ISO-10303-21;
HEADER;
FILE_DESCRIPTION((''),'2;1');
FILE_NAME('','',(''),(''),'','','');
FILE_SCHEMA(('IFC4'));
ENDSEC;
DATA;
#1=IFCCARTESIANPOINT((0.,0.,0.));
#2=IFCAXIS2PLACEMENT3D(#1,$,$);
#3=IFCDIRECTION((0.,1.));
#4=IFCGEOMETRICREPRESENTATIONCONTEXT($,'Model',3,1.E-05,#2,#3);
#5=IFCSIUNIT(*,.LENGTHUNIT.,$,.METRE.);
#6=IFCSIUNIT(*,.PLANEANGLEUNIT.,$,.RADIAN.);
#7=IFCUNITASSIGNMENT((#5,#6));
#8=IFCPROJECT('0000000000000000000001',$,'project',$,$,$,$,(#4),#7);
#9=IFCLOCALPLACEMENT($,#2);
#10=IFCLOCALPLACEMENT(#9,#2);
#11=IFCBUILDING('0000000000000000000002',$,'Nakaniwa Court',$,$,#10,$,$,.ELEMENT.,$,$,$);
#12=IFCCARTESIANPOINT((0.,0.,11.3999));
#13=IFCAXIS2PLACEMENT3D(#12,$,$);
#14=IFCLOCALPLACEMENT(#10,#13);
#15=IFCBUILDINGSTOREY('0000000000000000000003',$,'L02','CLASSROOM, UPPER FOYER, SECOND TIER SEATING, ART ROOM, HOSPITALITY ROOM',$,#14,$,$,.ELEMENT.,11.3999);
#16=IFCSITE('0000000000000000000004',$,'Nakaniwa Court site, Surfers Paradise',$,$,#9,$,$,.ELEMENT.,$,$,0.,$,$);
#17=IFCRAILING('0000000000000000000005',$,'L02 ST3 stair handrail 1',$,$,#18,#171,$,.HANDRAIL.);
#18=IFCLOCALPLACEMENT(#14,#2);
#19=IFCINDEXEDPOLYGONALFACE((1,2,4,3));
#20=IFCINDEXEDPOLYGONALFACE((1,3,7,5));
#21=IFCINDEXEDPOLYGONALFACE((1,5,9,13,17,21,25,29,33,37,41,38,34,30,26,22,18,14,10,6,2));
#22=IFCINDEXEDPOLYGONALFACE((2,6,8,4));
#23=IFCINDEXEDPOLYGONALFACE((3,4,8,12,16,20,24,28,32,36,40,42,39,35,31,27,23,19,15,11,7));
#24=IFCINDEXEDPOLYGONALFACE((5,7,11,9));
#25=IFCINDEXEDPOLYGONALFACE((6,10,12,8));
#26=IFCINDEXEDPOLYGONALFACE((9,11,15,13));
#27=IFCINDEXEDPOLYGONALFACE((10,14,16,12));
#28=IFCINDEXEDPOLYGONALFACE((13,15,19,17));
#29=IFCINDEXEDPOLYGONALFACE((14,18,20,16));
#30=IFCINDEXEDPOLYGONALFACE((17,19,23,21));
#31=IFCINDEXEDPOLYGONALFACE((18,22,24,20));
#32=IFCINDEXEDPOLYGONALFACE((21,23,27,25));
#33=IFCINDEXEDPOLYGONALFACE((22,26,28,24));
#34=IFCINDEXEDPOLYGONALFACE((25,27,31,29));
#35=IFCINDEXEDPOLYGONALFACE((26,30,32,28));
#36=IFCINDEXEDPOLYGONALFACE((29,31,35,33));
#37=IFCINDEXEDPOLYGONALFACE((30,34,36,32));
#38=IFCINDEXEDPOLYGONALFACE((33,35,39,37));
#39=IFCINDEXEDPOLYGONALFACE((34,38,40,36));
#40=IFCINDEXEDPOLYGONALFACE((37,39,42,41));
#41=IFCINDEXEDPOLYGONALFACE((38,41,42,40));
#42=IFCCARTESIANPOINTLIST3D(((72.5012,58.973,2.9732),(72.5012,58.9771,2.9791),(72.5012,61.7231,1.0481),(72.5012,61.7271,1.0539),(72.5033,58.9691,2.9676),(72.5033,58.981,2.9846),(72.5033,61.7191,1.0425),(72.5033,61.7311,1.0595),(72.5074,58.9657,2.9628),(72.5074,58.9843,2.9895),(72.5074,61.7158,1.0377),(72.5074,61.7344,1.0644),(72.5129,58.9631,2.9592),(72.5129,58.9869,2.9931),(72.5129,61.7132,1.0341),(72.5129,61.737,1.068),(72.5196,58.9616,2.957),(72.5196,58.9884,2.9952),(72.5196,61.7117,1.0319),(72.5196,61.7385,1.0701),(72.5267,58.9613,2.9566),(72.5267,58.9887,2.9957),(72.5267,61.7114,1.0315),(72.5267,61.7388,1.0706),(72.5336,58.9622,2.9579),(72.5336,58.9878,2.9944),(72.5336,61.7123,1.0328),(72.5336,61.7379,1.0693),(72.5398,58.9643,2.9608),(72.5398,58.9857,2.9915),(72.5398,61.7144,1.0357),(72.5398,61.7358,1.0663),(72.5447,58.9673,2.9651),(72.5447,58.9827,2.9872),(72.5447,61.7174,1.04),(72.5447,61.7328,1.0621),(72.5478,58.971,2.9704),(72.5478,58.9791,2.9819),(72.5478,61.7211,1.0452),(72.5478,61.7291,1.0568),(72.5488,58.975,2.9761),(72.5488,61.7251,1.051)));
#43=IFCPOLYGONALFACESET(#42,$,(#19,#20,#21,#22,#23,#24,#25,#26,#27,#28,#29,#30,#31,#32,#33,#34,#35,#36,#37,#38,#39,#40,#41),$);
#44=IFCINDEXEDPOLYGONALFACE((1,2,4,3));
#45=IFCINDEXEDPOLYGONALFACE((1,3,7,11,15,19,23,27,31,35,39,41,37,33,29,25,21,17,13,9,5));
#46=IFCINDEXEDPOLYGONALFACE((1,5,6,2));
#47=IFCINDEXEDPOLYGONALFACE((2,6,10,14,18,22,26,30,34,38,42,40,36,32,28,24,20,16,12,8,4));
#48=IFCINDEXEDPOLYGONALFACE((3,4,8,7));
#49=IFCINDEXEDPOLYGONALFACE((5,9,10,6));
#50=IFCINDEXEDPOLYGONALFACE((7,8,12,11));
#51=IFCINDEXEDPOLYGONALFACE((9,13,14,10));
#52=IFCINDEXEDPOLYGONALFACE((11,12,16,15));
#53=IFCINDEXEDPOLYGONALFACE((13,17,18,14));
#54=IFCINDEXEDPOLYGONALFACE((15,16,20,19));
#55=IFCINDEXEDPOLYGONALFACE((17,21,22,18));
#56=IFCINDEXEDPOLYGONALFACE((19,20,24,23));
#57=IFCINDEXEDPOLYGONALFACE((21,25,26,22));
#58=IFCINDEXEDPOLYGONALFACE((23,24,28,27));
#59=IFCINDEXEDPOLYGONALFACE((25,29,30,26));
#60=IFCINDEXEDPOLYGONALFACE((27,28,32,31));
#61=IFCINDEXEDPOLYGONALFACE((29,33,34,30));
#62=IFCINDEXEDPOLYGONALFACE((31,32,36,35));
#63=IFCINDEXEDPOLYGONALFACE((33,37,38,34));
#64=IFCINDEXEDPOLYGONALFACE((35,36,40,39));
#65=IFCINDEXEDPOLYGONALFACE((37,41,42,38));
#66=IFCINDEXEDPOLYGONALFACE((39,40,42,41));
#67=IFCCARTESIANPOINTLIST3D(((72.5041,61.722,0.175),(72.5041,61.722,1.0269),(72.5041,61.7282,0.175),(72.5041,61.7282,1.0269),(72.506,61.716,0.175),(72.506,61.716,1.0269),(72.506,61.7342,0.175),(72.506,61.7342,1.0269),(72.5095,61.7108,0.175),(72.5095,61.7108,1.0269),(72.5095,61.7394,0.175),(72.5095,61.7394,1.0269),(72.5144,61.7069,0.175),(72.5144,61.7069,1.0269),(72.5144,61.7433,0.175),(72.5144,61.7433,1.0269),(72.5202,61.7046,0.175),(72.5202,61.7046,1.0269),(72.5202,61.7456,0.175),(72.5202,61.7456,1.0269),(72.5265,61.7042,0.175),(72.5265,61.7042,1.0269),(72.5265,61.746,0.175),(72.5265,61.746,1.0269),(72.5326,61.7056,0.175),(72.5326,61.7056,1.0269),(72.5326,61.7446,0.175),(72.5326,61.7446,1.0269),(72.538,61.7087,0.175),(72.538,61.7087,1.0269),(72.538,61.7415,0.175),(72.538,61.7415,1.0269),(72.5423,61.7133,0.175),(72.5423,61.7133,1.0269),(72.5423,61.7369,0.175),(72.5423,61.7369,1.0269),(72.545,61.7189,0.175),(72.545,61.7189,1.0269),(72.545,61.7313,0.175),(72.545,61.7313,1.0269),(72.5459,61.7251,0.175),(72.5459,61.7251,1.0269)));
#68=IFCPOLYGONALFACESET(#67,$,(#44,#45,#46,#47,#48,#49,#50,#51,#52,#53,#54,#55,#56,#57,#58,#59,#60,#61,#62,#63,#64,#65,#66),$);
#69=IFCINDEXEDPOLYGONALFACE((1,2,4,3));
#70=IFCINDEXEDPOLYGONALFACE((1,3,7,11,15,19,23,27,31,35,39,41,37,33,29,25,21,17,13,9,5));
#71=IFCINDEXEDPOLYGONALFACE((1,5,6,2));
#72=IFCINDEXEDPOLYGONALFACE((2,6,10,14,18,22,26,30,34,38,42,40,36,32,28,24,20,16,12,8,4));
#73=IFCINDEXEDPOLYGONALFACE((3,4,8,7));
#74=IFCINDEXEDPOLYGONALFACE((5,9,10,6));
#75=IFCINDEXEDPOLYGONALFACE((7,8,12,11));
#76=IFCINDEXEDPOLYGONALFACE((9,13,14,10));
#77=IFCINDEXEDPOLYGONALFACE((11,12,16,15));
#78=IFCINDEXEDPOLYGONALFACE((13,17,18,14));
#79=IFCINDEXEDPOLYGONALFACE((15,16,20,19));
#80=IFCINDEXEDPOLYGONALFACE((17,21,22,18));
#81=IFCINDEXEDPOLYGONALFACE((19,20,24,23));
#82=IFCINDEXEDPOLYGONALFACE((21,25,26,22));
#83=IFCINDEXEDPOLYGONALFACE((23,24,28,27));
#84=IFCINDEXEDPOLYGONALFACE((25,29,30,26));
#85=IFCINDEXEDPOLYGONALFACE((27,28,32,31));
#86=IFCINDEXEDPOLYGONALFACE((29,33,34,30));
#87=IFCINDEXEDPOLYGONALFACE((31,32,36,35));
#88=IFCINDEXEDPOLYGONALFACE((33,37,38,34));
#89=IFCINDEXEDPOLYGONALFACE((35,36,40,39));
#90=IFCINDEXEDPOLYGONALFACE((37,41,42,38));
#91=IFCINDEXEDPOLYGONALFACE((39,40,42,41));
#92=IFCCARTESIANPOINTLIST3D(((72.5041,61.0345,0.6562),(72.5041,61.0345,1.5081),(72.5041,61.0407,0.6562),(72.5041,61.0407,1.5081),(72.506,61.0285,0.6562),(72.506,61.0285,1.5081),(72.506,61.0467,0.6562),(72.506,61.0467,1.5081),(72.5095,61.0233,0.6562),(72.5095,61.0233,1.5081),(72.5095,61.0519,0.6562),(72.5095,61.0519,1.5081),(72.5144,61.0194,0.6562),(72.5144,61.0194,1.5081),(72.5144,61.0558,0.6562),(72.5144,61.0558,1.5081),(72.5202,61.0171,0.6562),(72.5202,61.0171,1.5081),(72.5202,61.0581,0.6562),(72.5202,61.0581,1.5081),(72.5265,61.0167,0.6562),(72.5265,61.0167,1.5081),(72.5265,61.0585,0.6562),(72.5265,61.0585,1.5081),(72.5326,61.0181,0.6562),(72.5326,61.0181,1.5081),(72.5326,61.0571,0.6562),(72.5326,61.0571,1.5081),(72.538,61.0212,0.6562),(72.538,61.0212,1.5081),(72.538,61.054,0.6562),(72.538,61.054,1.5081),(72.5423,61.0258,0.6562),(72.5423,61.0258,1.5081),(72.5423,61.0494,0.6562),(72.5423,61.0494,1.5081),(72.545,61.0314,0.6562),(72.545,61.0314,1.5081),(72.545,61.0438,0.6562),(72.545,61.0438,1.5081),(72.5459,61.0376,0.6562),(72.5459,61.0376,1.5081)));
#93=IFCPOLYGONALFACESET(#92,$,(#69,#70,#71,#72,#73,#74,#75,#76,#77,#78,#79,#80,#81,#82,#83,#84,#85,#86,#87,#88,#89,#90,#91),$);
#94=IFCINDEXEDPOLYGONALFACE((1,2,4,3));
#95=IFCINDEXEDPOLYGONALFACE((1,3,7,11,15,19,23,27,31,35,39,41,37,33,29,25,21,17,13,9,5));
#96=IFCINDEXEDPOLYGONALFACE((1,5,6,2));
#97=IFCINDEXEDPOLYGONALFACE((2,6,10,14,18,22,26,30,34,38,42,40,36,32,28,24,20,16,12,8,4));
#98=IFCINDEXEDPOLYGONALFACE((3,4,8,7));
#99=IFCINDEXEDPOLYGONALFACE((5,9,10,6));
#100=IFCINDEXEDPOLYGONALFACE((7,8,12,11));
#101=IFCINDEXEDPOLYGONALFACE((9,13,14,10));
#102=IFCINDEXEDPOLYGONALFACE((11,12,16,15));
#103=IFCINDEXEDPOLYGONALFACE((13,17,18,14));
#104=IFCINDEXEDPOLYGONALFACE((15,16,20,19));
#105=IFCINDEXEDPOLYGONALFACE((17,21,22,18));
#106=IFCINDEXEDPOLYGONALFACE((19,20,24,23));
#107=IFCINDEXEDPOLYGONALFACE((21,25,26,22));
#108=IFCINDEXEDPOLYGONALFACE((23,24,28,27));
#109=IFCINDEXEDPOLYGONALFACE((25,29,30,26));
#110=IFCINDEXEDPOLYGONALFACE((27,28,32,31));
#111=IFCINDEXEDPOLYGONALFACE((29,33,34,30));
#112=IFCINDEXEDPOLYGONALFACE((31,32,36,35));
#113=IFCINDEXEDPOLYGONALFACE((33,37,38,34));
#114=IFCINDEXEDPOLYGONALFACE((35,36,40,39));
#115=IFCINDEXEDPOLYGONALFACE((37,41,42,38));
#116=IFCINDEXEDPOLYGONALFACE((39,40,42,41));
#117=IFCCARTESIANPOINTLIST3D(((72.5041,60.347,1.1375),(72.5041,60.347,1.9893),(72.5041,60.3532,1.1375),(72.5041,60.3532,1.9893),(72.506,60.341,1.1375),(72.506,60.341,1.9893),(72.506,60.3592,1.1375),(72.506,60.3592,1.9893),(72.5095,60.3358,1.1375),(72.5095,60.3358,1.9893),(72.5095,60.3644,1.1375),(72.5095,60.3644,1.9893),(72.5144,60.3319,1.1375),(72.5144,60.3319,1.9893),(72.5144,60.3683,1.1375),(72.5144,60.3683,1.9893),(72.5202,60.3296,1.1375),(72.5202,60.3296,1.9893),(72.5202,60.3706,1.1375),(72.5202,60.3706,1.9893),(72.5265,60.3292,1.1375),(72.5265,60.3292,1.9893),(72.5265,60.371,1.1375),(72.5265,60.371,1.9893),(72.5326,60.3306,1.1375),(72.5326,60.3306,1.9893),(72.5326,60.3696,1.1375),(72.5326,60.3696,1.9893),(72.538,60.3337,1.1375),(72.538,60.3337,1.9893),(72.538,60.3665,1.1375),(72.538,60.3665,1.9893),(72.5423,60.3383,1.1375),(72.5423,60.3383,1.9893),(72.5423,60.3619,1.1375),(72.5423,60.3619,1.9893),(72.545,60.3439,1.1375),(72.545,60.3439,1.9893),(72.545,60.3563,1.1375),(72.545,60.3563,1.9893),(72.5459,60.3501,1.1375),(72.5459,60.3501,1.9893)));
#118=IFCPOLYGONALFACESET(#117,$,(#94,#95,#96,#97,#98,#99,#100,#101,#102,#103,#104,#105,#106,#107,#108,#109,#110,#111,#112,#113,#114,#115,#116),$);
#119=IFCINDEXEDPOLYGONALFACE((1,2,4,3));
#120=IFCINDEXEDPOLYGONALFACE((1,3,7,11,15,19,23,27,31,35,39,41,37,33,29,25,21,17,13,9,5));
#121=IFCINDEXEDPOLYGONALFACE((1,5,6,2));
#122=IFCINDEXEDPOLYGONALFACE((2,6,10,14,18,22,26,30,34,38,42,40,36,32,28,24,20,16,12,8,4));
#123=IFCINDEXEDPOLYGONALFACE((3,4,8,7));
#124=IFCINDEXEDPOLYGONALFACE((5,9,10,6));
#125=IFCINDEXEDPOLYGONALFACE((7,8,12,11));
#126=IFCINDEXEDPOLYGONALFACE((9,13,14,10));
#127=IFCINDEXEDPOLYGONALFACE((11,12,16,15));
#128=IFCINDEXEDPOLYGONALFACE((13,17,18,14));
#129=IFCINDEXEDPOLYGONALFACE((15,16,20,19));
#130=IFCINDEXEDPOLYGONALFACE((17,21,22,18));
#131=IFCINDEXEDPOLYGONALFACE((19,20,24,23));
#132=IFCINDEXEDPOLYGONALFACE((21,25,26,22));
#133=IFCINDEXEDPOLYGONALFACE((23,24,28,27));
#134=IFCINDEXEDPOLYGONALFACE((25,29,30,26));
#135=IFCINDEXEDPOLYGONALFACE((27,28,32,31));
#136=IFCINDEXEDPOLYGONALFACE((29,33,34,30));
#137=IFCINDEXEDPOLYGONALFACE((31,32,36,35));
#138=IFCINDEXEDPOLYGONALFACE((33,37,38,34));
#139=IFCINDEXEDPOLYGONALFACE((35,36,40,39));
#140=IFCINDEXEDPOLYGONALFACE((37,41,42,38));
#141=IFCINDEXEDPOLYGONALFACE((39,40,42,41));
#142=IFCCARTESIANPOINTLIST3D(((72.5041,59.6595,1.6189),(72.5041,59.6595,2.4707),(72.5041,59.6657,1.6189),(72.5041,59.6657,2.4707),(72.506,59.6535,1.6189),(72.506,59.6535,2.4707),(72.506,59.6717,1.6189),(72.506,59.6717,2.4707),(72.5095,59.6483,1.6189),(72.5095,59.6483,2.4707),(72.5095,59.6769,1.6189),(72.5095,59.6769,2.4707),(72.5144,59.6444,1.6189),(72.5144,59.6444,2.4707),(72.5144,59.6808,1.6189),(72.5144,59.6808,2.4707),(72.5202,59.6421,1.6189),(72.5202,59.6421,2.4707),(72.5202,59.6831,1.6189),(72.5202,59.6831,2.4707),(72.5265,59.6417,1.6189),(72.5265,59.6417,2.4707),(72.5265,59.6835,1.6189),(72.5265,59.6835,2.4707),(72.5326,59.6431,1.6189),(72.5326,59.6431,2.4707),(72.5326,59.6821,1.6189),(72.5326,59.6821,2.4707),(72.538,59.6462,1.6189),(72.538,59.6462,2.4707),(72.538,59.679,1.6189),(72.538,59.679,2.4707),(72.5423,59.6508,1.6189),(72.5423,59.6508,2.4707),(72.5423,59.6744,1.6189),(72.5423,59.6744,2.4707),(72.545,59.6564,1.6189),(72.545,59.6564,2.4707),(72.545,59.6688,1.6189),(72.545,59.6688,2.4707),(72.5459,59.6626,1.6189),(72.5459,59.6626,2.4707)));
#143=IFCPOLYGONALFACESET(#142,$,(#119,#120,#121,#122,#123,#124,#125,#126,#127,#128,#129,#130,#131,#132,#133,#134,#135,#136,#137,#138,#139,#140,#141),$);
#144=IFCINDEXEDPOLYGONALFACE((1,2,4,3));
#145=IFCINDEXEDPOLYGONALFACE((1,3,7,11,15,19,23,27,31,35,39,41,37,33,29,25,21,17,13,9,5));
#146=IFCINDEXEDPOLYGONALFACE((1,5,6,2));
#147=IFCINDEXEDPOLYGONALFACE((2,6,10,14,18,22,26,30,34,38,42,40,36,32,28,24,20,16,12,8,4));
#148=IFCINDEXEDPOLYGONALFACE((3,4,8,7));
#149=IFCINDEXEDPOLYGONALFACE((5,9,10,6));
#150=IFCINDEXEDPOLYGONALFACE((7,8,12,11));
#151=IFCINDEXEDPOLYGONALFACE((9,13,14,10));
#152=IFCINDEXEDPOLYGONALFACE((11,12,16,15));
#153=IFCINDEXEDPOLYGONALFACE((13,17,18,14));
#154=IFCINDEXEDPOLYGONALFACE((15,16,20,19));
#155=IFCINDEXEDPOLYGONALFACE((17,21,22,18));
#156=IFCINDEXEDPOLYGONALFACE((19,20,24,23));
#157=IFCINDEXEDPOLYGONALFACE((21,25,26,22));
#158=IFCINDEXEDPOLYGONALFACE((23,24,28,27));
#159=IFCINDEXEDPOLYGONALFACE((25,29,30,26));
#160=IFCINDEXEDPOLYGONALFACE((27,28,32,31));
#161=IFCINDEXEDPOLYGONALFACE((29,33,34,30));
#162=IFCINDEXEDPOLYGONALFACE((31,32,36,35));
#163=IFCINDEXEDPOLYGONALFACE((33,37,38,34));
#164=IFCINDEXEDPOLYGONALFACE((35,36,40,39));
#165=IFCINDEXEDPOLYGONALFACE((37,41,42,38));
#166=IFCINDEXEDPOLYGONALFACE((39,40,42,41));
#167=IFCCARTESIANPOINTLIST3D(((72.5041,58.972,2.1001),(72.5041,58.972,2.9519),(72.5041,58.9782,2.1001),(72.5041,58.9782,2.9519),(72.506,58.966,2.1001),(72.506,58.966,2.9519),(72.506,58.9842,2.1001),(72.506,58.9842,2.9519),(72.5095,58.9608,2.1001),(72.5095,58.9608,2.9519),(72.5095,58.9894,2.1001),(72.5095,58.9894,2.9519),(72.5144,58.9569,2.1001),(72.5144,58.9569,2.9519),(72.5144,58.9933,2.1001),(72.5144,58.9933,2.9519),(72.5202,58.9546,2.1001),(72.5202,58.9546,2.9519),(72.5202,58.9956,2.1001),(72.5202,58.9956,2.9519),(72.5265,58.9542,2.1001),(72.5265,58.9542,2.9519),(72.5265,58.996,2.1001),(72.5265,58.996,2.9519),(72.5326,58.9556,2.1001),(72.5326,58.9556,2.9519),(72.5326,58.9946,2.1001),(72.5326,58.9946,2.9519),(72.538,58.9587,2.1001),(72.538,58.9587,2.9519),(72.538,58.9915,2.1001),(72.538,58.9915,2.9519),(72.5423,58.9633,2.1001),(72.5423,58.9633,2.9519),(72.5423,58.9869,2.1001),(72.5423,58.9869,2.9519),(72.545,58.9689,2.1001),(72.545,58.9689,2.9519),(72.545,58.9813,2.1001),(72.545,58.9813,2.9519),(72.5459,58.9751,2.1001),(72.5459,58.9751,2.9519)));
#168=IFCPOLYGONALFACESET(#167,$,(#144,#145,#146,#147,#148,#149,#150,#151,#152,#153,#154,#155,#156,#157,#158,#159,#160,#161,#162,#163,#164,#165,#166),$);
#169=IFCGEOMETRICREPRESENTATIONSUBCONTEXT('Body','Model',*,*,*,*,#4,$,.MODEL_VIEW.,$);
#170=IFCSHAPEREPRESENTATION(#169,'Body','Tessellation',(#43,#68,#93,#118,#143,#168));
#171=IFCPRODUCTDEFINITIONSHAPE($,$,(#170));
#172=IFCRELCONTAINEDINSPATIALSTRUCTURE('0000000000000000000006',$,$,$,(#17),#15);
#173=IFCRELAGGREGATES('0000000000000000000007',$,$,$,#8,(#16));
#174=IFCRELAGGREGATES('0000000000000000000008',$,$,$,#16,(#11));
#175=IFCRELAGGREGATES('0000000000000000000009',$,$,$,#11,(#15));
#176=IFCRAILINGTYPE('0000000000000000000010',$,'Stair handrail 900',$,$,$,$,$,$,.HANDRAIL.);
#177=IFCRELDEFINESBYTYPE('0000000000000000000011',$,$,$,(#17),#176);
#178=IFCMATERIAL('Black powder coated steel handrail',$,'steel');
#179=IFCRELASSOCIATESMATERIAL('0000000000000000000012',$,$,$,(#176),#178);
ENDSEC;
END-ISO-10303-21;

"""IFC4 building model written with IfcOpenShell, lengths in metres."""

from ifc_helpers import new_model, si_unit, direction, frame, origin, origin_2d, place, context, subcontext, project, spatial, circle, extrude, material, type_object, element, save


model = new_model("IFC4")

# Units and contexts
model_context = context("Model", 3, precision=1e-05, world=origin(), true_north=direction((0.0, 1.0)))
body_context = subcontext(model_context, "Body", "Model", "MODEL_VIEW")
ifc_project = project(units=[si_unit("LENGTHUNIT", "METRE"), si_unit("PLANEANGLEUNIT", "RADIAN")], contexts=[model_context])

# Site, building, storey
site_placement = place(None, origin())
site = spatial("IfcSite", under=ifc_project, at=site_placement, Name="Nakaniwa Court site, Surfers Paradise", CompositionType="ELEMENT", RefElevation=0.0)
building_placement = place(site_placement, origin())
building = spatial("IfcBuilding", under=site, at=building_placement, Name="Nakaniwa Court", CompositionType="ELEMENT")
storey_placement = place(building_placement, frame((0.0, 0.0, 11.3999)))
storey = spatial("IfcBuildingStorey", under=building, at=storey_placement, Name="L02", Description="CLASSROOM, UPPER FOYER, SECOND TIER SEATING, ART ROOM, HOSPITALITY ROOM", CompositionType="ELEMENT", Elevation=11.3999)

# Railing
ifc_material_1 = material(Name="Black powder coated steel handrail", Category="steel")
railing_type_1 = type_object("IfcRailingType", Name="Stair handrail 900", PredefinedType="HANDRAIL", material=ifc_material_1)
railing_1_placement = place(storey_placement, frame((72.5249, 61.7251, 0.175)))
element("IfcRailing", 1, at=railing_1_placement, inside=storey, type_object=railing_type_1, Name="L02 ST3 stair handrail 1", PredefinedType="HANDRAIL", context=body_context, shape_type="SweptSolid", body=[
    extrude(circle(Radius=0.0239, at=origin_2d()), frame((0.0, 0.0, 0.876), z_axis=(0.0, -0.819225, 0.573472), x_axis=(1.0, 0.0, 0.0)), (0.0, 0.0, 1.0), 3.3569),
    extrude(circle(Radius=0.021, at=origin_2d()), origin(), (0.0, 0.0, 1.0), 0.8518),
    extrude(circle(Radius=0.021, at=origin_2d()), frame((0.0, -0.6875, 0.4812)), (0.0, 0.0, 1.0), 0.8518),
    extrude(circle(Radius=0.021, at=origin_2d()), frame((0.0, -1.375, 0.9624)), (0.0, 0.0, 1.0), 0.8518),
    extrude(circle(Radius=0.021, at=origin_2d()), frame((0.0, -2.0625, 1.4438)), (0.0, 0.0, 1.0), 0.8518),
    extrude(circle(Radius=0.021, at=origin_2d()), frame((0.0, -2.75, 1.925)), (0.0, 0.0, 1.0), 0.8518),
])

save(model, "model.ifc")
